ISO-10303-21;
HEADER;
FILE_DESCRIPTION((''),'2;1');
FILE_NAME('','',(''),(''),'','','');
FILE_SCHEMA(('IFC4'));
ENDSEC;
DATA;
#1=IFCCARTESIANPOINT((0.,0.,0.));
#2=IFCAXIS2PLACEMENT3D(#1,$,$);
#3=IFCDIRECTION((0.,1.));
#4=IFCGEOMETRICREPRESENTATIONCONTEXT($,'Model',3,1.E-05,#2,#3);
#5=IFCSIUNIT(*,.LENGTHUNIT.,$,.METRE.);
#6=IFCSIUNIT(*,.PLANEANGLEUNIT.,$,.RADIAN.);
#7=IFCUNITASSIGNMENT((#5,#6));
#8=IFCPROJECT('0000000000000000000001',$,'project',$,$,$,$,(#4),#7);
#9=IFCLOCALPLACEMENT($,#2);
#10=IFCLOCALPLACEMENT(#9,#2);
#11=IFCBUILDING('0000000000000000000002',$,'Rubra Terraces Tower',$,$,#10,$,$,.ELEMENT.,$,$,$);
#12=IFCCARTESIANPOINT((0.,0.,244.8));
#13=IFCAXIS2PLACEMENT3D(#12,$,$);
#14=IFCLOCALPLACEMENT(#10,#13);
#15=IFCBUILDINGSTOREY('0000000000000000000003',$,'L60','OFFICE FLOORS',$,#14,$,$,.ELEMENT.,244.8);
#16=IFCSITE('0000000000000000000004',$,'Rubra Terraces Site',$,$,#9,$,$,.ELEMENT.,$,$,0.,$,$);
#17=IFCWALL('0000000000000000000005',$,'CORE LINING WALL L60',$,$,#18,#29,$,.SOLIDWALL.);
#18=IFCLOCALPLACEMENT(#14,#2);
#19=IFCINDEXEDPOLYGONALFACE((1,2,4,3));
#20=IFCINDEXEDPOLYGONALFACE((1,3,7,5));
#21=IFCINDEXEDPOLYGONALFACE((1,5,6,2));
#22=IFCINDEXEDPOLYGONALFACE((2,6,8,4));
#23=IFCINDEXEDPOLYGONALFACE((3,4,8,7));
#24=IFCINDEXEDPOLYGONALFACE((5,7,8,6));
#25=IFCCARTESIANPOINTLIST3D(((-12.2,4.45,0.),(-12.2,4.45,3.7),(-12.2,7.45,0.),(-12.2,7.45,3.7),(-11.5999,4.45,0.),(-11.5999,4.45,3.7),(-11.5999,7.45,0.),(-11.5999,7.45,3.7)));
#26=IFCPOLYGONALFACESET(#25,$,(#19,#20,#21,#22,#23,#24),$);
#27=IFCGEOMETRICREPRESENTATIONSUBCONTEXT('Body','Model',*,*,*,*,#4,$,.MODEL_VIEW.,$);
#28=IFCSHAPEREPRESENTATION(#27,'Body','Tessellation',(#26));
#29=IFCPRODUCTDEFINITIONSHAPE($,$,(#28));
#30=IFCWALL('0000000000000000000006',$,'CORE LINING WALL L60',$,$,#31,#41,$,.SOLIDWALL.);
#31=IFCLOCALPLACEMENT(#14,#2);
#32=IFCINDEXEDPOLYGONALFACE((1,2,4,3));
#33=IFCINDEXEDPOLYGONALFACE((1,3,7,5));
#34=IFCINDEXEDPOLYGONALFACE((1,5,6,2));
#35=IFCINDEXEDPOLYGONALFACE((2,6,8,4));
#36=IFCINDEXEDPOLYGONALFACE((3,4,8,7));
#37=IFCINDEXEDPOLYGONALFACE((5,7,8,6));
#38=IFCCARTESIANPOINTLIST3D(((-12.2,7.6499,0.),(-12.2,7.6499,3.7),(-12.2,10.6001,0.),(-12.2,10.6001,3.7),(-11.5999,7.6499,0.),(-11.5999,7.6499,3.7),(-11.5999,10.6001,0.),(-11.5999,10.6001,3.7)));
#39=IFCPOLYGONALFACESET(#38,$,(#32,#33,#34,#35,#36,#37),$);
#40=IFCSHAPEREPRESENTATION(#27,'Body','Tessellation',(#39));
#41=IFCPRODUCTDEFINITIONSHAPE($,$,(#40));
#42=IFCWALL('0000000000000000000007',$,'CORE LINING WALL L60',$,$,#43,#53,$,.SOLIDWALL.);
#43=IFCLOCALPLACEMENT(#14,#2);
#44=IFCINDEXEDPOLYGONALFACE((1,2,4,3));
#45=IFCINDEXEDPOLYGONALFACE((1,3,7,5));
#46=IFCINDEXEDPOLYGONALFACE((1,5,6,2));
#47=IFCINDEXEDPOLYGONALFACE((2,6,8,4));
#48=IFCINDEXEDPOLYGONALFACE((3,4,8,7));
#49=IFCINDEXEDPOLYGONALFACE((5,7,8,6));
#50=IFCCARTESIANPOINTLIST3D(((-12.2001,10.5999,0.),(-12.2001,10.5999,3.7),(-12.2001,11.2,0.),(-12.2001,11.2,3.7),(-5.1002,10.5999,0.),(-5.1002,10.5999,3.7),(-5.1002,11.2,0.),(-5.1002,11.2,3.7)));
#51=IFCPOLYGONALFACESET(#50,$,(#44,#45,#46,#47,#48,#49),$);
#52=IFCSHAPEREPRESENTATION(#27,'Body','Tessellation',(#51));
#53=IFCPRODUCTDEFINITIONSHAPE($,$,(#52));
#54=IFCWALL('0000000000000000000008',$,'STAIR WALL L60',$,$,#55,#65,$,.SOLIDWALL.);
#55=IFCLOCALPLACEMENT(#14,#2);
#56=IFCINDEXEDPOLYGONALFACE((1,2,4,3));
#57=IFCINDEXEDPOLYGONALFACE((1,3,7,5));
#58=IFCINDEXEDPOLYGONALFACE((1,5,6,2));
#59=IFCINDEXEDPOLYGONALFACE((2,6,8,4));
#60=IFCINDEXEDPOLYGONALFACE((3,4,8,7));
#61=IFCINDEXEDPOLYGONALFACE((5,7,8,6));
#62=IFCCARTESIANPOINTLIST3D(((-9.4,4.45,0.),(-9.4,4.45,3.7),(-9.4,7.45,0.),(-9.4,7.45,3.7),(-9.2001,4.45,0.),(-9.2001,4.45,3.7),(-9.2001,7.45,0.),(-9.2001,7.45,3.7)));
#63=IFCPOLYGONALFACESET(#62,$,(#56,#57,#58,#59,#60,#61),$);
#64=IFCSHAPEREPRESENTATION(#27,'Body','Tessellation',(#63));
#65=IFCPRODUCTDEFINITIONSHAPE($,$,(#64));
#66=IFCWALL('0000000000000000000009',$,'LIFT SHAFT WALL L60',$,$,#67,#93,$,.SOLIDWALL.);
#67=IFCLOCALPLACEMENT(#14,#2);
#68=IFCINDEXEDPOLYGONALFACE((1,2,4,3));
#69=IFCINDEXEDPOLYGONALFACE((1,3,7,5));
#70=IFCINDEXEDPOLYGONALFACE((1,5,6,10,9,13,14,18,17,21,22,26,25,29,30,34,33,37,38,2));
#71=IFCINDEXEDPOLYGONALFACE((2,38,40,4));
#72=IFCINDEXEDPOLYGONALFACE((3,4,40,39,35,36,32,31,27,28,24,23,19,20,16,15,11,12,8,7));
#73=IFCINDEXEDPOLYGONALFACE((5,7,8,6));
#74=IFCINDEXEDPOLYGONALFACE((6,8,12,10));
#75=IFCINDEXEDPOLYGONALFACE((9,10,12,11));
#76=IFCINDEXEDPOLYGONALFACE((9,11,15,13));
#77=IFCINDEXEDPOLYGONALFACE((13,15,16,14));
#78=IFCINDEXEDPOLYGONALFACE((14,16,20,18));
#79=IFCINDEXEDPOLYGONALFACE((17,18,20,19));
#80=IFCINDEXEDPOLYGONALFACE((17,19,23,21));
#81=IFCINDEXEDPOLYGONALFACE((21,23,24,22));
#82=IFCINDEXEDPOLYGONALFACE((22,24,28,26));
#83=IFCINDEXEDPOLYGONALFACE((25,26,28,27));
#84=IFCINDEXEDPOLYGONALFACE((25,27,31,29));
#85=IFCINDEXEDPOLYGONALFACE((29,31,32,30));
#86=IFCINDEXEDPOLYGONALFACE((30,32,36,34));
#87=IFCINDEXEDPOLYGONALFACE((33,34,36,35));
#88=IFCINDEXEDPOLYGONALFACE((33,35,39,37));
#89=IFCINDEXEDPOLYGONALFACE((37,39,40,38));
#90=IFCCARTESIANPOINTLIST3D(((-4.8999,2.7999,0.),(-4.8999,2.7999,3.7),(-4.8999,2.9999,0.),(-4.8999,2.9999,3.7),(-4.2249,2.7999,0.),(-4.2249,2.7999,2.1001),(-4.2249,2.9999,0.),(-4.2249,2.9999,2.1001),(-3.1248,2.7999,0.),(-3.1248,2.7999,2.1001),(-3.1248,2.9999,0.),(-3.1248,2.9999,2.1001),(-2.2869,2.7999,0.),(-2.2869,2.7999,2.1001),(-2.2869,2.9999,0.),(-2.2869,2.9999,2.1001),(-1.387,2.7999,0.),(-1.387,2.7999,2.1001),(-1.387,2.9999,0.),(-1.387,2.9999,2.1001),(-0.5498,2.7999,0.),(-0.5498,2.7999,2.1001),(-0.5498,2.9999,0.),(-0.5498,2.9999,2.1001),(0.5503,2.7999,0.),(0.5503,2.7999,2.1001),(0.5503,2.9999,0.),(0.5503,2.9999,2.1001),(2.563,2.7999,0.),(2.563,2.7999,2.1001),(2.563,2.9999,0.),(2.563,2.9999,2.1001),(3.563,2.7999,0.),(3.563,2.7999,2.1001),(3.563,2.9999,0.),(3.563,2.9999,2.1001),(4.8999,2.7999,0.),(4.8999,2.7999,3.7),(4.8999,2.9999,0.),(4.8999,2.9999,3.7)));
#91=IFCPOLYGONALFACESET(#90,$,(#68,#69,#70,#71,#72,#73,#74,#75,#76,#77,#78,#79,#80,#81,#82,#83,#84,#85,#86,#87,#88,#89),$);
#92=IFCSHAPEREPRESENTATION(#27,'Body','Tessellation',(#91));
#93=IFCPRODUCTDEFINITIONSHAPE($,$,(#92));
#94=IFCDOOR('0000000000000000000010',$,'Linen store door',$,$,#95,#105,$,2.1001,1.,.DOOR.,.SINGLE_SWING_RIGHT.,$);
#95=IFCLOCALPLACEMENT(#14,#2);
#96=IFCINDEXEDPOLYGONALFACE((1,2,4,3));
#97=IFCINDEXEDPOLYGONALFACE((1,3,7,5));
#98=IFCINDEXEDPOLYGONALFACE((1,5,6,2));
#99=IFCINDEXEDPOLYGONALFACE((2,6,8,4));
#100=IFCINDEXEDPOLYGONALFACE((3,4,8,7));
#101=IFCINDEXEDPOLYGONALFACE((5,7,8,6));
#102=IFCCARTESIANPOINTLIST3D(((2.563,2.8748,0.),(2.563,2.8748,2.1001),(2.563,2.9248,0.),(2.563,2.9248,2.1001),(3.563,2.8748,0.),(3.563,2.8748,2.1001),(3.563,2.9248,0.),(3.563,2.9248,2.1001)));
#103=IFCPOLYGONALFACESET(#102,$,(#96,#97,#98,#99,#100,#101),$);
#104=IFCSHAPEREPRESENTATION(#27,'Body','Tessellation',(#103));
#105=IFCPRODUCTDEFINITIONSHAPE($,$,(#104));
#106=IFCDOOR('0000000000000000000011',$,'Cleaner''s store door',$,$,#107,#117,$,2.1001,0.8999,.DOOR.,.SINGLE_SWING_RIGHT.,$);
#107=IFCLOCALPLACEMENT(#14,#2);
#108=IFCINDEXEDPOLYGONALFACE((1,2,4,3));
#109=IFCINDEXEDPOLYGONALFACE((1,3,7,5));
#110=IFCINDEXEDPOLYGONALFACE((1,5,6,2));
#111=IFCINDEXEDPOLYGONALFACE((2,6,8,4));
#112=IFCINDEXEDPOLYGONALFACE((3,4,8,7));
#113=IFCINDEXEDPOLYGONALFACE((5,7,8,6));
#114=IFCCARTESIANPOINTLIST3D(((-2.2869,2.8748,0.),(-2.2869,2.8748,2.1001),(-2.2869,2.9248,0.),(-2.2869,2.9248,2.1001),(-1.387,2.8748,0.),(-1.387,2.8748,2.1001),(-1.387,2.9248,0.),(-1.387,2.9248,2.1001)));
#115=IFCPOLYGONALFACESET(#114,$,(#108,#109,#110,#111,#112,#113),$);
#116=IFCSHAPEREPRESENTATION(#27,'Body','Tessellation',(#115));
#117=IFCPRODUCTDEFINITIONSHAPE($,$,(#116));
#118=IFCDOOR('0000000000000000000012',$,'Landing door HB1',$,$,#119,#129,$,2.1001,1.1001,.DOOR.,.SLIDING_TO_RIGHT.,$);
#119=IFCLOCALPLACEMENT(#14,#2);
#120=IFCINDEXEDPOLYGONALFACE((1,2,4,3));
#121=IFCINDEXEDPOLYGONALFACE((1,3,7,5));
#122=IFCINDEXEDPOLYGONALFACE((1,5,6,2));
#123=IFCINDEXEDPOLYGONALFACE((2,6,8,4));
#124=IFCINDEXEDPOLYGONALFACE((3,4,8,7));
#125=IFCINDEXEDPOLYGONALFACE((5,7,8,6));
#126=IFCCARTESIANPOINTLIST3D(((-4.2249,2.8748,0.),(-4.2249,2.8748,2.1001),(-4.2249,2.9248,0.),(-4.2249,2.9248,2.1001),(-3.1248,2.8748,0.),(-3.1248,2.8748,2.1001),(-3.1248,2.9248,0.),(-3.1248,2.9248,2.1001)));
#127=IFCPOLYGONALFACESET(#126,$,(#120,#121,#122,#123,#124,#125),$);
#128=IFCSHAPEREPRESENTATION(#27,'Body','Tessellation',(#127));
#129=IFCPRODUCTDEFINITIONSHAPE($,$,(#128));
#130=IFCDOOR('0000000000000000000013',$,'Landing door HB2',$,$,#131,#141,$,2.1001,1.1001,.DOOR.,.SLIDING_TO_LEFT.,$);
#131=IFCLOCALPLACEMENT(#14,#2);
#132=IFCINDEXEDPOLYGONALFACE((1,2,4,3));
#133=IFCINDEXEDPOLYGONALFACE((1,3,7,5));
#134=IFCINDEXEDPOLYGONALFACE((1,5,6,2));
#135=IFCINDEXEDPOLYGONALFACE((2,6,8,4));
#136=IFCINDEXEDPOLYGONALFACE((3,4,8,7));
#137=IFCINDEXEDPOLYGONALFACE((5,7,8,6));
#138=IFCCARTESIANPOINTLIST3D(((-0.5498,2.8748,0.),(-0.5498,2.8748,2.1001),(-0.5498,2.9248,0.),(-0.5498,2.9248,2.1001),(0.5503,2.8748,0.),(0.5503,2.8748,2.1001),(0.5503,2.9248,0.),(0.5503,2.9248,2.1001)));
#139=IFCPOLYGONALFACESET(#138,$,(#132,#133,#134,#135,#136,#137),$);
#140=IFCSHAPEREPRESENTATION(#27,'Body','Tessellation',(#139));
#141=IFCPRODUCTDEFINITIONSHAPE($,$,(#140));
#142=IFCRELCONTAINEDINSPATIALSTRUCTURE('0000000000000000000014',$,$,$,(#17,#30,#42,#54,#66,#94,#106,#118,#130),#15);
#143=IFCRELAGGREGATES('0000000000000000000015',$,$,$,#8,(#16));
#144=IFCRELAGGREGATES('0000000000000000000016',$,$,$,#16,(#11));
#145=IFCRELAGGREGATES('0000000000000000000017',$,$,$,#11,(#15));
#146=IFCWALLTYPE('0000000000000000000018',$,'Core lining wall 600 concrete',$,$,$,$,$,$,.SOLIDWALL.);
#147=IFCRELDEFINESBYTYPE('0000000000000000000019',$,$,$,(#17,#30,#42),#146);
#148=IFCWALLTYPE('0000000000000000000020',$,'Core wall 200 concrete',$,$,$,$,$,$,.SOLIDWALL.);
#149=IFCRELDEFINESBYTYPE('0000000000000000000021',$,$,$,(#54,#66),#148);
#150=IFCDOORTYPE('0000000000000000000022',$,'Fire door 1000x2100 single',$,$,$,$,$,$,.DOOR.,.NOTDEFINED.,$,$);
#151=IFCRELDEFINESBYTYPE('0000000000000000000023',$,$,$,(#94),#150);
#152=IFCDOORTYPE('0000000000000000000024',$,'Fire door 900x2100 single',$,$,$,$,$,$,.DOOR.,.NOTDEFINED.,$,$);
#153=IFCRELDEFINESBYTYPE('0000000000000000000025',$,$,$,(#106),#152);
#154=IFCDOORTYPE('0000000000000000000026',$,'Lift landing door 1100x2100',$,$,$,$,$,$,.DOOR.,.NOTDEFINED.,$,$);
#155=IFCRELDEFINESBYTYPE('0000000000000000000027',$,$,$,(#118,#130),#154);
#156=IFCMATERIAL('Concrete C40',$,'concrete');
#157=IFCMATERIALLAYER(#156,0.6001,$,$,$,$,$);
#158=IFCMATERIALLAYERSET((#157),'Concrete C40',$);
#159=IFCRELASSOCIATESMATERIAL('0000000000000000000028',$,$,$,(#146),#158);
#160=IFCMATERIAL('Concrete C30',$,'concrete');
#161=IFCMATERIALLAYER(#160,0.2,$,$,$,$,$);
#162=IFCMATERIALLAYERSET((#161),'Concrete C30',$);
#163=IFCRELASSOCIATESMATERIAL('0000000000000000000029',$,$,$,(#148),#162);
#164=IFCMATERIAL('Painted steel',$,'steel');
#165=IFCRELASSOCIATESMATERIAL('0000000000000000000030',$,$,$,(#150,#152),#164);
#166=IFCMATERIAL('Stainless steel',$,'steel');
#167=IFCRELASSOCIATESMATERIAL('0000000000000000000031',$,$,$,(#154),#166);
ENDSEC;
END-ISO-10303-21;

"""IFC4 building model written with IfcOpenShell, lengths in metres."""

from ifc_helpers import new_model, si_unit, direction, frame, frame_2d, origin, place, context, subcontext, project, spatial, rectangle, extrude, material, layer, layer_set, type_object, element, fill, save


model = new_model("IFC4")

# Units and contexts
model_context = context("Model", 3, precision=1e-05, world=origin(), true_north=direction((0.0, 1.0)))
body_context = subcontext(model_context, "Body", "Model", "MODEL_VIEW")
ifc_project = project(units=[si_unit("LENGTHUNIT", "METRE"), si_unit("PLANEANGLEUNIT", "RADIAN")], contexts=[model_context])

# Site, building, storey
site_placement = place(None, origin())
site = spatial("IfcSite", under=ifc_project, at=site_placement, Name="Rubra Terraces Site", CompositionType="ELEMENT", RefElevation=0.0)
building_placement = place(site_placement, origin())
building = spatial("IfcBuilding", under=site, at=building_placement, Name="Rubra Terraces Tower", CompositionType="ELEMENT")
storey_placement = place(building_placement, frame((0.0, 0.0, 244.8)))
storey = spatial("IfcBuildingStorey", under=building, at=storey_placement, Name="L60", Description="OFFICE FLOORS", CompositionType="ELEMENT", Elevation=244.8)

# Walls
ifc_material_1 = material(Name="Concrete C40", Category="concrete")
ifc_layer_1 = layer(ifc_material_1, 0.6001)
ifc_layer_set_1 = layer_set([ifc_layer_1], Name="Concrete C40")
wall_type_1 = type_object("IfcWallType", Name="Core lining wall 600 concrete", PredefinedType="SOLIDWALL", material=ifc_layer_set_1)
wall_1_placement = place(storey_placement, frame((-11.8999, 4.45, 0.0), z_axis=(0.0, 0.0, 1.0), x_axis=(0.0, 1.0, 0.0)))
element("IfcWall", 1, at=wall_1_placement, inside=storey, type_object=wall_type_1, Name="CORE LINING WALL L60", PredefinedType="SOLIDWALL", context=body_context, shape_type="SweptSolid", body=[
    extrude(rectangle(XDim=3.0, YDim=0.6001, at=frame_2d((1.5, 0.0))), origin(), (0.0, 0.0, 1.0), 3.7),
])
wall_2_placement = place(storey_placement, frame((-11.8999, 7.6499, 0.0), z_axis=(0.0, 0.0, 1.0), x_axis=(0.0, 1.0, 0.0)))
element("IfcWall", 2, at=wall_2_placement, inside=storey, type_object=wall_type_1, Name="CORE LINING WALL L60", PredefinedType="SOLIDWALL", context=body_context, shape_type="SweptSolid", body=[
    extrude(rectangle(XDim=2.9502, YDim=0.6001, at=frame_2d((1.4751, 0.0))), origin(), (0.0, 0.0, 1.0), 3.7),
])
wall_3_placement = place(storey_placement, frame((-12.2, 10.8999, 0.0), z_axis=(0.0, 0.0, 1.0), x_axis=(1.0, 0.0, 0.0)))
element("IfcWall", 3, at=wall_3_placement, inside=storey, type_object=wall_type_1, Name="CORE LINING WALL L60", PredefinedType="SOLIDWALL", context=body_context, shape_type="SweptSolid", body=[
    extrude(rectangle(XDim=7.0999, YDim=0.6001, at=frame_2d((3.5498, 0.0))), origin(), (0.0, 0.0, 1.0), 3.7),
])
ifc_material_2 = material(Name="Concrete C30", Category="concrete")
ifc_layer_2 = layer(ifc_material_2, 0.2)
ifc_layer_set_2 = layer_set([ifc_layer_2], Name="Concrete C30")
wall_type_2 = type_object("IfcWallType", Name="Core wall 200 concrete", PredefinedType="SOLIDWALL", material=ifc_layer_set_2)
wall_4_placement = place(storey_placement, frame((-9.3, 4.45, 0.0), z_axis=(0.0, 0.0, 1.0), x_axis=(0.0, 1.0, 0.0)))
element("IfcWall", 4, at=wall_4_placement, inside=storey, type_object=wall_type_2, Name="STAIR WALL L60", PredefinedType="SOLIDWALL", context=body_context, shape_type="SweptSolid", body=[
    extrude(rectangle(XDim=3.0, YDim=0.2, at=frame_2d((1.5, 0.0))), origin(), (0.0, 0.0, 1.0), 3.7),
])

# Wall, openings, doors
wall_5_placement = place(storey_placement, frame((-4.8999, 2.8999, 0.0), z_axis=(0.0, 0.0, 1.0), x_axis=(1.0, 0.0, 0.0)))
wall_5 = element("IfcWall", 5, at=wall_5_placement, inside=storey, type_object=wall_type_2, Name="LIFT SHAFT WALL L60", PredefinedType="SOLIDWALL", context=body_context, shape_type="SweptSolid", body=[
    extrude(rectangle(XDim=9.7998, YDim=0.2, at=frame_2d((4.8999, 0.0))), origin(), (0.0, 0.0, 1.0), 3.7),
])
opening_1_placement = place(wall_5_placement, frame((0.675, 0.0, 0.0)))
opening_1 = element("IfcOpeningElement", 6, at=opening_1_placement, cuts=wall_5, PredefinedType="OPENING", context=body_context, shape_type="SweptSolid", body=[
    extrude(rectangle(XDim=1.1001, YDim=2.1001, at=frame_2d((0.55, 1.05))), frame((0.0, 0.1099, 0.0), z_axis=(0.0, -1.0, 0.0), x_axis=(1.0, 0.0, 0.0)), (0.0, 0.0, 1.0), 0.22),
])
opening_2_placement = place(wall_5_placement, frame((2.613, 0.0, 0.0)))
opening_2 = element("IfcOpeningElement", 7, at=opening_2_placement, cuts=wall_5, PredefinedType="OPENING", context=body_context, shape_type="SweptSolid", body=[
    extrude(rectangle(XDim=0.8999, YDim=2.1001, at=frame_2d((0.45, 1.05))), frame((0.0, 0.1099, 0.0), z_axis=(0.0, -1.0, 0.0), x_axis=(1.0, 0.0, 0.0)), (0.0, 0.0, 1.0), 0.22),
])
opening_3_placement = place(wall_5_placement, frame((4.3501, 0.0, 0.0)))
opening_3 = element("IfcOpeningElement", 8, at=opening_3_placement, cuts=wall_5, PredefinedType="OPENING", context=body_context, shape_type="SweptSolid", body=[
    extrude(rectangle(XDim=1.1001, YDim=2.1001, at=frame_2d((0.55, 1.05))), frame((0.0, 0.1099, 0.0), z_axis=(0.0, -1.0, 0.0), x_axis=(1.0, 0.0, 0.0)), (0.0, 0.0, 1.0), 0.22),
])
opening_4_placement = place(wall_5_placement, frame((7.4629, 0.0, 0.0)))
opening_4 = element("IfcOpeningElement", 9, at=opening_4_placement, cuts=wall_5, PredefinedType="OPENING", context=body_context, shape_type="SweptSolid", body=[
    extrude(rectangle(XDim=1.0, YDim=2.1001, at=frame_2d((0.5, 1.05))), frame((0.0, 0.1099, 0.0), z_axis=(0.0, -1.0, 0.0), x_axis=(1.0, 0.0, 0.0)), (0.0, 0.0, 1.0), 0.22),
])
ifc_material_3 = material(Name="Painted steel", Category="steel")
door_type_1 = type_object("IfcDoorType", Name="Fire door 1000x2100 single", OperationType="NOTDEFINED", PredefinedType="DOOR", material=ifc_material_3)
door_1_placement = place(opening_4_placement, origin())
door_1 = element("IfcDoor", 10, at=door_1_placement, inside=storey, type_object=door_type_1, Name="Linen store door", OperationType="SINGLE_SWING_RIGHT", OverallHeight=2.1001, OverallWidth=1.0, PredefinedType="DOOR", context=body_context, shape_type="SweptSolid", body=[
    extrude(rectangle(XDim=1.0, YDim=2.1001, at=frame_2d((0.5, 1.05))), frame((0.0, 0.0249, 0.0), z_axis=(0.0, -1.0, 0.0), x_axis=(1.0, 0.0, 0.0)), (0.0, 0.0, 1.0), 0.05),
])
fill(opening_4, door_1)
door_type_2 = type_object("IfcDoorType", Name="Fire door 900x2100 single", OperationType="NOTDEFINED", PredefinedType="DOOR", material=ifc_material_3)
door_2_placement = place(opening_2_placement, origin())
door_2 = element("IfcDoor", 11, at=door_2_placement, inside=storey, type_object=door_type_2, Name="Cleaner's store door", OperationType="SINGLE_SWING_RIGHT", OverallHeight=2.1001, OverallWidth=0.8999, PredefinedType="DOOR", context=body_context, shape_type="SweptSolid", body=[
    extrude(rectangle(XDim=0.8999, YDim=2.1001, at=frame_2d((0.45, 1.05))), frame((0.0, 0.0249, 0.0), z_axis=(0.0, -1.0, 0.0), x_axis=(1.0, 0.0, 0.0)), (0.0, 0.0, 1.0), 0.05),
])
fill(opening_2, door_2)
ifc_material_4 = material(Name="Stainless steel", Category="steel")
door_type_3 = type_object("IfcDoorType", Name="Lift landing door 1100x2100", OperationType="NOTDEFINED", PredefinedType="DOOR", material=ifc_material_4)
door_3_placement = place(opening_1_placement, origin())
door_3 = element("IfcDoor", 12, at=door_3_placement, inside=storey, type_object=door_type_3, Name="Landing door HB1", OperationType="SLIDING_TO_RIGHT", OverallHeight=2.1001, OverallWidth=1.1001, PredefinedType="DOOR", context=body_context, shape_type="SweptSolid", body=[
    extrude(rectangle(XDim=1.1001, YDim=2.1001, at=frame_2d((0.55, 1.05))), frame((0.0, 0.0249, 0.0), z_axis=(0.0, -1.0, 0.0), x_axis=(1.0, 0.0, 0.0)), (0.0, 0.0, 1.0), 0.05),
])
fill(opening_1, door_3)
door_4_placement = place(opening_3_placement, origin())
door_4 = element("IfcDoor", 13, at=door_4_placement, inside=storey, type_object=door_type_3, Name="Landing door HB2", OperationType="SLIDING_TO_LEFT", OverallHeight=2.1001, OverallWidth=1.1001, PredefinedType="DOOR", context=body_context, shape_type="SweptSolid", body=[
    extrude(rectangle(XDim=1.1001, YDim=2.1001, at=frame_2d((0.55, 1.05))), frame((0.0, 0.0249, 0.0), z_axis=(0.0, -1.0, 0.0), x_axis=(1.0, 0.0, 0.0)), (0.0, 0.0, 1.0), 0.05),
])
fill(opening_3, door_4)

save(model, "model.ifc")
